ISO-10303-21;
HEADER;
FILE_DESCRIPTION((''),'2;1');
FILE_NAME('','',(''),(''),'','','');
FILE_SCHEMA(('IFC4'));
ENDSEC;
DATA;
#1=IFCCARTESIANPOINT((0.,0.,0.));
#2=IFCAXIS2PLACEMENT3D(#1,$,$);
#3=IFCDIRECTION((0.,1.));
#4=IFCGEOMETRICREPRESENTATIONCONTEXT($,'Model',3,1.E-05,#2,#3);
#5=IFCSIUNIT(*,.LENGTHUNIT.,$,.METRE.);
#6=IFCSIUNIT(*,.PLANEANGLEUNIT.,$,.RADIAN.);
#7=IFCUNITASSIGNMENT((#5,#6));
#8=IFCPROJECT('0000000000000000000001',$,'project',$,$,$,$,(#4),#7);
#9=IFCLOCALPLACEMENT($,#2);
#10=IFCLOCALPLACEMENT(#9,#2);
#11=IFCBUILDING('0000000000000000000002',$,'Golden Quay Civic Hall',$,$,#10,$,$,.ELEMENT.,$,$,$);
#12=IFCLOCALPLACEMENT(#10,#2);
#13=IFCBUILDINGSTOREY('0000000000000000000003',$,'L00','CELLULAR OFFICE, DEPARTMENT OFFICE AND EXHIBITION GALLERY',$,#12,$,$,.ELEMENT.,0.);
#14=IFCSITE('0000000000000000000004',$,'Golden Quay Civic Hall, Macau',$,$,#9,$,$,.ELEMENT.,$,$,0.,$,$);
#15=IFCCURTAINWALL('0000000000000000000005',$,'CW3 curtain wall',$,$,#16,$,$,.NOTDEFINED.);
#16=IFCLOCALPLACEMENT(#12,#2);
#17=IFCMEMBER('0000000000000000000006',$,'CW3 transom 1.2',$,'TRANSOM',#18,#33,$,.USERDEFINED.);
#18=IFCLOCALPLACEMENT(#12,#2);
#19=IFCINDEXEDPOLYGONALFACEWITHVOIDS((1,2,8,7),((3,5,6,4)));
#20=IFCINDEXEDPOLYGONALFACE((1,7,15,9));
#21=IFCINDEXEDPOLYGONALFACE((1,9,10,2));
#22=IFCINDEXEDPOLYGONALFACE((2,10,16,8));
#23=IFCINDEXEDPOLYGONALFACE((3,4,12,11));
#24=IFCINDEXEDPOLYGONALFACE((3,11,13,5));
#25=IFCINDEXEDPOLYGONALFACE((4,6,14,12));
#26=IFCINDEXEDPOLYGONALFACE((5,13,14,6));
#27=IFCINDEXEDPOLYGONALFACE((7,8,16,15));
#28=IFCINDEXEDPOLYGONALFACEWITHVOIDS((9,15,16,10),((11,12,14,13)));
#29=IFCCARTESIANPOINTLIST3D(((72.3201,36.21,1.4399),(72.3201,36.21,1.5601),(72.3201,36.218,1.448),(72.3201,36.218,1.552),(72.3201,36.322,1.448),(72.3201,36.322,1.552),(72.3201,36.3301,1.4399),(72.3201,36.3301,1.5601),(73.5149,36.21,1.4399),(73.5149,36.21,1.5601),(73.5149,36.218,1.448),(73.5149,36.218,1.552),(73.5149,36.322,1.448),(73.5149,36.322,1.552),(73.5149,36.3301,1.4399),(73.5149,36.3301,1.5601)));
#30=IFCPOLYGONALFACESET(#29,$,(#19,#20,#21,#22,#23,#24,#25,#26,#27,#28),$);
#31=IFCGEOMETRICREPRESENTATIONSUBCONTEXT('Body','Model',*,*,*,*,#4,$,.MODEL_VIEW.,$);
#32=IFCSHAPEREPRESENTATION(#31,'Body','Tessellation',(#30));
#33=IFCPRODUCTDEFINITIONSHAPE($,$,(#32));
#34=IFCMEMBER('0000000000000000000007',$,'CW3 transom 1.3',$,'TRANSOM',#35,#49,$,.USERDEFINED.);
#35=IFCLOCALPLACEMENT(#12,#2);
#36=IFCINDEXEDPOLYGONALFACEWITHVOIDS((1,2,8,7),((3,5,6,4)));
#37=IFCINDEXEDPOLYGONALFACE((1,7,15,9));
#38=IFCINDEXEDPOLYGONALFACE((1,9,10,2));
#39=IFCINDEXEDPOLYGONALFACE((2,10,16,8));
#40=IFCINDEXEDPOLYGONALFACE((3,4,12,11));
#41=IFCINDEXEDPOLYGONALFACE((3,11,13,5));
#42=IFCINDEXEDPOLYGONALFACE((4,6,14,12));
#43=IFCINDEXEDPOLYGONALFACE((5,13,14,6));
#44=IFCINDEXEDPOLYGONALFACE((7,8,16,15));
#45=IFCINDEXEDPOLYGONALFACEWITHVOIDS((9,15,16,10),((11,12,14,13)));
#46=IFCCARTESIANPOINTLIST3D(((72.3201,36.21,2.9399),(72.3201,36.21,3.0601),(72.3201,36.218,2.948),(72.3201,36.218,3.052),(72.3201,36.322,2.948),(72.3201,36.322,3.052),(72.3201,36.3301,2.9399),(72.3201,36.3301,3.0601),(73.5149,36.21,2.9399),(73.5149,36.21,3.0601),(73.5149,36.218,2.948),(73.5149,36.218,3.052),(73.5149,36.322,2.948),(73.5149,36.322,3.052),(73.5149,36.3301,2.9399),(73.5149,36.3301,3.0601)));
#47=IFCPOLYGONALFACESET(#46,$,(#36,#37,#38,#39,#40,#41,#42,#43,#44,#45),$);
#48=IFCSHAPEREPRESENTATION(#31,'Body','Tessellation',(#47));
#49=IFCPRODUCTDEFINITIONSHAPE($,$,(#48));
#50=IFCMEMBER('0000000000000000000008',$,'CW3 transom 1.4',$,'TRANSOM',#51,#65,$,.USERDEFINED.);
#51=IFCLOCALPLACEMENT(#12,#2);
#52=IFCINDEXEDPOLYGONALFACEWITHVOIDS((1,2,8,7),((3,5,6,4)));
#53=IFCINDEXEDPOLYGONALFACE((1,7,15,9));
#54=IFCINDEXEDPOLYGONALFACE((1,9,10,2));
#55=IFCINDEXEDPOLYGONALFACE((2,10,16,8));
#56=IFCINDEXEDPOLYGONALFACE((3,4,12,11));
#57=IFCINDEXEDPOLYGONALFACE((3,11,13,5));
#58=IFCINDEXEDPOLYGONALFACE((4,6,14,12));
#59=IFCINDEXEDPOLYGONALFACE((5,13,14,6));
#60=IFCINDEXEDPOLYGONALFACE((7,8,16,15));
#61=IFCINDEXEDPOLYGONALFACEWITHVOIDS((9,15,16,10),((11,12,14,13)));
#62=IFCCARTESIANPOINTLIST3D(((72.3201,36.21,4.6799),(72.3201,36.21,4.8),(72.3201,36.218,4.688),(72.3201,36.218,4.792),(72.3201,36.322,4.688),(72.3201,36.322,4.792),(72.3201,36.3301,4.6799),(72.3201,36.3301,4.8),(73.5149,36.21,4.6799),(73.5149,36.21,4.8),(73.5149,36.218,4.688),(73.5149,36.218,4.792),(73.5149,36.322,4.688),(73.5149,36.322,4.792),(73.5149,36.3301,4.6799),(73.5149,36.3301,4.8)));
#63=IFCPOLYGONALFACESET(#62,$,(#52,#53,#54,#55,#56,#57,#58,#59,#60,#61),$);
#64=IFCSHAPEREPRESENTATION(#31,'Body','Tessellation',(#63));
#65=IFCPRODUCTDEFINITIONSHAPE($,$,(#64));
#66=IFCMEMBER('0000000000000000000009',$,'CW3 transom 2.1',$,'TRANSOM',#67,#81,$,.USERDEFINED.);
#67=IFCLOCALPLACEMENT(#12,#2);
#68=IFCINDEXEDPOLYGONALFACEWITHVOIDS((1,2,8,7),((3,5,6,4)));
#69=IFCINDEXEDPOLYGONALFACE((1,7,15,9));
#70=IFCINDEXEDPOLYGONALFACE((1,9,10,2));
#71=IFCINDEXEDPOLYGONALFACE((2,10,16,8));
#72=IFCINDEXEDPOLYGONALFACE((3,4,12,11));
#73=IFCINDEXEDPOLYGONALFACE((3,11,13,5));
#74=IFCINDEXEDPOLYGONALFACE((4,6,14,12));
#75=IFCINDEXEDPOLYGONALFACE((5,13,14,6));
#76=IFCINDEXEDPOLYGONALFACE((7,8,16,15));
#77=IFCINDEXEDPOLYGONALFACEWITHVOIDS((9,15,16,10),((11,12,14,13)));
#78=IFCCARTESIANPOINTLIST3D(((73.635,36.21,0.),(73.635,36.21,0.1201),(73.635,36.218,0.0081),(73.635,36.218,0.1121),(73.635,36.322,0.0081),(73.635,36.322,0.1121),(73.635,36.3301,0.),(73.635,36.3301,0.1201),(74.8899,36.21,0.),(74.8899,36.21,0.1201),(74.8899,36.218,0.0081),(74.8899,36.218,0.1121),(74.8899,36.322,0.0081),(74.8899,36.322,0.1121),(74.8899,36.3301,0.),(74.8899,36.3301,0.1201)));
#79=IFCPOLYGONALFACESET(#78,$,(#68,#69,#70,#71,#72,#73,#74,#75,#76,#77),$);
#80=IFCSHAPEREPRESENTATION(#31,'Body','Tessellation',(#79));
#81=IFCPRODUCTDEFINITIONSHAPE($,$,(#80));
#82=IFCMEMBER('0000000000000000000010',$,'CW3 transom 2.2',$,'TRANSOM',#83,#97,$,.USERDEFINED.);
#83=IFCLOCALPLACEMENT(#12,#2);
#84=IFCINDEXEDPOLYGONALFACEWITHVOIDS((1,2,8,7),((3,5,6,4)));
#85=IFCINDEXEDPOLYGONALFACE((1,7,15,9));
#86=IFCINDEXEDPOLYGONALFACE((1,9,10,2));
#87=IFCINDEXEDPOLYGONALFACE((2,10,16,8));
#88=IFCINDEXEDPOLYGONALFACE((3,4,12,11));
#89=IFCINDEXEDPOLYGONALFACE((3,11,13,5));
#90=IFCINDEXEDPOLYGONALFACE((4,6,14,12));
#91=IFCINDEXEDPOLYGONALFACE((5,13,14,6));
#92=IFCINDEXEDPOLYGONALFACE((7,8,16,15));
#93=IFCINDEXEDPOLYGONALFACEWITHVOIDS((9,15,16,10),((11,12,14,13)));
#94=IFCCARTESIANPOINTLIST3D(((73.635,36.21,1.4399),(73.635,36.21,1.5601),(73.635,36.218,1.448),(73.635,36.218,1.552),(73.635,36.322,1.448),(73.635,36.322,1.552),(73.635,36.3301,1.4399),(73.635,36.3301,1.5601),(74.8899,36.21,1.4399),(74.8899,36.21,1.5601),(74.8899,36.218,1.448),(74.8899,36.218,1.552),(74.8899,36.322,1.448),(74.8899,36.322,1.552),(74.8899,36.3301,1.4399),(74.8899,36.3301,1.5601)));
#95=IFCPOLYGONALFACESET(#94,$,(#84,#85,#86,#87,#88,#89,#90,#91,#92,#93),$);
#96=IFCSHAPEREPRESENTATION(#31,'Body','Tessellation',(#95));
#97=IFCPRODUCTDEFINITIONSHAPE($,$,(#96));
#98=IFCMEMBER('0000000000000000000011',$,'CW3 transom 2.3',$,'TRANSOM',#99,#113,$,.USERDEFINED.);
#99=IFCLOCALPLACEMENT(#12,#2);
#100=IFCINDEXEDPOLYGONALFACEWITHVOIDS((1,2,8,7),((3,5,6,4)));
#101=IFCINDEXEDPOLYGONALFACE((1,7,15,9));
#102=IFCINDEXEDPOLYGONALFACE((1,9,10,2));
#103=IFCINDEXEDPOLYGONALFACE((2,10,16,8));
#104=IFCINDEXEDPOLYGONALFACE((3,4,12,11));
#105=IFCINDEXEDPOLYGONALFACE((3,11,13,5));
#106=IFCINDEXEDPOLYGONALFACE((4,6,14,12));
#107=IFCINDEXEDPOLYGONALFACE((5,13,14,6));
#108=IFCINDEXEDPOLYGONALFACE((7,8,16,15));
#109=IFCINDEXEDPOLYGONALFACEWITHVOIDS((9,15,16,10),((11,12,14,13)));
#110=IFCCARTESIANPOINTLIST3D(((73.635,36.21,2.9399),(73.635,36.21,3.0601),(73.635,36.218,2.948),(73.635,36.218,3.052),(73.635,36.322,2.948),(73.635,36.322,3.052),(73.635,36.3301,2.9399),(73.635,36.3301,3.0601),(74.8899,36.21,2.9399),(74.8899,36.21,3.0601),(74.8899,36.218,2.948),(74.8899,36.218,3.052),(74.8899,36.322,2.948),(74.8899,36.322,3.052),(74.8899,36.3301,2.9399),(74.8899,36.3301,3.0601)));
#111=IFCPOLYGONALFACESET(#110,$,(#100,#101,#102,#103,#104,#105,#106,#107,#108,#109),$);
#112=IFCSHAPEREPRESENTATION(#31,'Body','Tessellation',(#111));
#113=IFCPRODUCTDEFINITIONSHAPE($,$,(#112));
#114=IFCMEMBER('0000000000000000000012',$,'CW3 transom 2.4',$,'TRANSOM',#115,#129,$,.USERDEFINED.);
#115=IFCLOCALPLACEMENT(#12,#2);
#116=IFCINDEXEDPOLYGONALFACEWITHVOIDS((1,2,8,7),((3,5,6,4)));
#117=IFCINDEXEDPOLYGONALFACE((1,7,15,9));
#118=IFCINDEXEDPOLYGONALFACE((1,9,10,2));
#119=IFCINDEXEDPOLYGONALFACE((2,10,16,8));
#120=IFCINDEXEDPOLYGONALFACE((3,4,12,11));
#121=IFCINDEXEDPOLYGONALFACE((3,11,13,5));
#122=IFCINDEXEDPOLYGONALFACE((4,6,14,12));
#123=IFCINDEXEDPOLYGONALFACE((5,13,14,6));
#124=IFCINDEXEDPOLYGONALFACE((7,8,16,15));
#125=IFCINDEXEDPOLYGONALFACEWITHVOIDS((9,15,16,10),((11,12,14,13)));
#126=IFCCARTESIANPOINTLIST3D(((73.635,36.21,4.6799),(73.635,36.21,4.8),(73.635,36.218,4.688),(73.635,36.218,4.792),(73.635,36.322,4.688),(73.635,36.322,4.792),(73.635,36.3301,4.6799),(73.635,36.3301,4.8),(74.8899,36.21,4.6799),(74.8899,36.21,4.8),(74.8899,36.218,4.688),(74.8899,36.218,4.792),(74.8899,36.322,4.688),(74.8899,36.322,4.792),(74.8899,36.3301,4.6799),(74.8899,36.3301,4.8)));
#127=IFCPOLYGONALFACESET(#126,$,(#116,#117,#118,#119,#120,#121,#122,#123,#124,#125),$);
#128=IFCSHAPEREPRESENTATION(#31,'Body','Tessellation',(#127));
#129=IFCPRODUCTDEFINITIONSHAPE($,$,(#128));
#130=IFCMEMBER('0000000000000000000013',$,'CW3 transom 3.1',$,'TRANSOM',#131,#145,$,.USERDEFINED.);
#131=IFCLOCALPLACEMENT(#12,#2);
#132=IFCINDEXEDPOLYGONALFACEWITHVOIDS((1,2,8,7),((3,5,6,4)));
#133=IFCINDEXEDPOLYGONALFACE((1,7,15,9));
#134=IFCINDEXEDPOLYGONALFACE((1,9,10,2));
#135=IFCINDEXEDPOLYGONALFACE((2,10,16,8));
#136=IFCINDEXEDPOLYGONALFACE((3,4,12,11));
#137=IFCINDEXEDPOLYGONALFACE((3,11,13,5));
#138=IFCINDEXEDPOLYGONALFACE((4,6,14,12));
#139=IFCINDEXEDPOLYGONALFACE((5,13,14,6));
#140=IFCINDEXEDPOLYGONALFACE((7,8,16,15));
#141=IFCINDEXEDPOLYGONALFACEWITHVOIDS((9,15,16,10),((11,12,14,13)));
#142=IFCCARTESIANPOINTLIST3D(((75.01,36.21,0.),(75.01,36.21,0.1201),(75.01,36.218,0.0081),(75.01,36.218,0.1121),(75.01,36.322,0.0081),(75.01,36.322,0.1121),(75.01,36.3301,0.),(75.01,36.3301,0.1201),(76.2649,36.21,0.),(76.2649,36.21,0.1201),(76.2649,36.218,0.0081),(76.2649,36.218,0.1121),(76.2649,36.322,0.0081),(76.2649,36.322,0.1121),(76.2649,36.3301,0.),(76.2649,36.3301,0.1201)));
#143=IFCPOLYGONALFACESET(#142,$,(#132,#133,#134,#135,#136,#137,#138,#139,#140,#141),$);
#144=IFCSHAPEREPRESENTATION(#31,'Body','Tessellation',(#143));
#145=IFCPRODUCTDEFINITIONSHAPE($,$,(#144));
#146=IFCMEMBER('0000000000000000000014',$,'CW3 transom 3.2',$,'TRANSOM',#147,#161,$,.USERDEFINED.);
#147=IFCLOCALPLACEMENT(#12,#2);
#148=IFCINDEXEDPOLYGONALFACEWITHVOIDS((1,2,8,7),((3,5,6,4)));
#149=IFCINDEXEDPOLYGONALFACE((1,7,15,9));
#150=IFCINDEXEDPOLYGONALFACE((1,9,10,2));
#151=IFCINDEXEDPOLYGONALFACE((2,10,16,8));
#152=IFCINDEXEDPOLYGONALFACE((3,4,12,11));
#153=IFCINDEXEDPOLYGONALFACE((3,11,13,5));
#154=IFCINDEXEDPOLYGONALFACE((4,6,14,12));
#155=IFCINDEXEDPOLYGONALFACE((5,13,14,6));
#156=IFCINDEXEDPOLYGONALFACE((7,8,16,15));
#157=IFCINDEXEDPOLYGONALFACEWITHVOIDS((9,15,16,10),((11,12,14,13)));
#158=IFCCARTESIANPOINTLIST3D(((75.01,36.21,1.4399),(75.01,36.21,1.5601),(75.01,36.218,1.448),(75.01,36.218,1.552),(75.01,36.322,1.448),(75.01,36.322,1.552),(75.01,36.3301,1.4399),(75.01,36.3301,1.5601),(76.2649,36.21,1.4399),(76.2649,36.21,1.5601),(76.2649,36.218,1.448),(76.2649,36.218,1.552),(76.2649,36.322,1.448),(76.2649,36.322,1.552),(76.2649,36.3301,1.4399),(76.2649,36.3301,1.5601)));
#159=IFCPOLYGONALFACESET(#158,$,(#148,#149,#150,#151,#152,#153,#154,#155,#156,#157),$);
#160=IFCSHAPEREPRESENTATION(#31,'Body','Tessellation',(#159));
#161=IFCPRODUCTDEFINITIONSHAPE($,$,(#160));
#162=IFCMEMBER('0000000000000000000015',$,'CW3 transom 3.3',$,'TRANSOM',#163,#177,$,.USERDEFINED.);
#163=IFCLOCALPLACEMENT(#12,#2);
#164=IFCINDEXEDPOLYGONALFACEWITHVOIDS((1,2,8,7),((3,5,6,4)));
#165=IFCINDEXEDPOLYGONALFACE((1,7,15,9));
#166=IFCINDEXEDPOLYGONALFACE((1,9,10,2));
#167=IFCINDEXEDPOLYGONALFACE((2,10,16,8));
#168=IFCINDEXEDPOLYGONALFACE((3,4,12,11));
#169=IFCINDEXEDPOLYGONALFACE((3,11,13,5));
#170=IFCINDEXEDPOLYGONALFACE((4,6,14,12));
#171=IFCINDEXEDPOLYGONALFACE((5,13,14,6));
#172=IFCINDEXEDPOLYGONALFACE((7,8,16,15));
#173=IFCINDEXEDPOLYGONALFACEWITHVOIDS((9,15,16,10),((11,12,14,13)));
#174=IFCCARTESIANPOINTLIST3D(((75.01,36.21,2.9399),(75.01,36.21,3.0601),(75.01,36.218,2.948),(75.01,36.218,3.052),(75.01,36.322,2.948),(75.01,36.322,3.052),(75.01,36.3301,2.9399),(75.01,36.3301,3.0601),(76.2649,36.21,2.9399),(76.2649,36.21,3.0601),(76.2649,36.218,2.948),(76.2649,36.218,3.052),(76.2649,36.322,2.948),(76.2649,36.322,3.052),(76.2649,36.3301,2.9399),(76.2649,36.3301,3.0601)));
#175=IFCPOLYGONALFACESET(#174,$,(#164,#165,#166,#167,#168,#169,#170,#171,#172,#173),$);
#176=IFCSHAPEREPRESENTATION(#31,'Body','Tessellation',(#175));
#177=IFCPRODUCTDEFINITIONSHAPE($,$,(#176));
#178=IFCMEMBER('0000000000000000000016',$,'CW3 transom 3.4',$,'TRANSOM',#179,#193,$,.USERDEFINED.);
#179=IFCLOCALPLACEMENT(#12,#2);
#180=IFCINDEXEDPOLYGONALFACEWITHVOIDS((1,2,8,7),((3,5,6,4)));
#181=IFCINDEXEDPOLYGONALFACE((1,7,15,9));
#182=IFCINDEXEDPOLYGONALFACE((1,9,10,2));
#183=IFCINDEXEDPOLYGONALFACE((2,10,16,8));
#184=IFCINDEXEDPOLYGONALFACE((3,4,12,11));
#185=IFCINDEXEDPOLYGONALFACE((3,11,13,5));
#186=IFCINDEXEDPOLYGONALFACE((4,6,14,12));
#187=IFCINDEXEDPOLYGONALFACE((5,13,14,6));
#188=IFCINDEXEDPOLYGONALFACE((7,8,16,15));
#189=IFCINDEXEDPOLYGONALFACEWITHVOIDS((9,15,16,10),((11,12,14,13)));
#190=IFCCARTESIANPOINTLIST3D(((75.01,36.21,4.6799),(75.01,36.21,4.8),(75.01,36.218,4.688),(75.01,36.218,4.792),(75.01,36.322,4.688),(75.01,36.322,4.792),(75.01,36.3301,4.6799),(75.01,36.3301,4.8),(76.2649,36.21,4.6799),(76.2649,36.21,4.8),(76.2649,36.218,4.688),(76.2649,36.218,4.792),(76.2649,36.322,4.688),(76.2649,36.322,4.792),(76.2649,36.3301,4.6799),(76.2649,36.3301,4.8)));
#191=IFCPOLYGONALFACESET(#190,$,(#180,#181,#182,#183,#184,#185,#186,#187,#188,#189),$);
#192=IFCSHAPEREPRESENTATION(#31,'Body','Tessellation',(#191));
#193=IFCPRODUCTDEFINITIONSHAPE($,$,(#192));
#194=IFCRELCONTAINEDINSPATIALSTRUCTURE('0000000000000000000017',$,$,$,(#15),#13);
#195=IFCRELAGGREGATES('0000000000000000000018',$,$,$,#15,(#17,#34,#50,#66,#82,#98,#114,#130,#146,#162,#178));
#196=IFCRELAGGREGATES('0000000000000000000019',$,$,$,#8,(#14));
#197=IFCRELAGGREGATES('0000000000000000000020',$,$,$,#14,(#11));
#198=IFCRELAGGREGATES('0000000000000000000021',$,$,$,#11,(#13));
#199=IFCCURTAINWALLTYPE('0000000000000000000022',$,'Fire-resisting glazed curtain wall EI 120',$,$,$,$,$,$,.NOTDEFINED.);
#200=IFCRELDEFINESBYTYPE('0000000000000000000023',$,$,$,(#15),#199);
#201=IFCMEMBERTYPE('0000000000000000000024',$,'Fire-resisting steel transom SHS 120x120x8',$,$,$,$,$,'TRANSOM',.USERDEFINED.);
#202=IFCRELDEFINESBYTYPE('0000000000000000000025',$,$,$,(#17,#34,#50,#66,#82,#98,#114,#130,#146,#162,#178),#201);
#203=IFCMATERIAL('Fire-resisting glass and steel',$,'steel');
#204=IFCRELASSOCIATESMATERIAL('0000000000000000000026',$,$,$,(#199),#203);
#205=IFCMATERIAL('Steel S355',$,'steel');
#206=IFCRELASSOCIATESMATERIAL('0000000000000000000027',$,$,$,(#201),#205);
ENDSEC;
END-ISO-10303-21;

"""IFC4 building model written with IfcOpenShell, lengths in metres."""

from ifc_helpers import new_model, si_unit, direction, frame, origin, origin_2d, place, context, subcontext, project, spatial, hollow_rectangle, extrude, material, material_profile, profile_set, type_object, element, aggregate, save


model = new_model("IFC4")

# Units and contexts
model_context = context("Model", 3, precision=1e-05, world=origin(), true_north=direction((0.0, 1.0)))
body_context = subcontext(model_context, "Body", "Model", "MODEL_VIEW")
ifc_project = project(units=[si_unit("LENGTHUNIT", "METRE"), si_unit("PLANEANGLEUNIT", "RADIAN")], contexts=[model_context])

# Site, building, storey
site_placement = place(None, origin())
site = spatial("IfcSite", under=ifc_project, at=site_placement, Name="Golden Quay Civic Hall, Macau", CompositionType="ELEMENT", RefElevation=0.0)
building_placement = place(site_placement, origin())
building = spatial("IfcBuilding", under=site, at=building_placement, Name="Golden Quay Civic Hall", CompositionType="ELEMENT")
storey_placement = place(building_placement, origin())
storey = spatial("IfcBuildingStorey", under=building, at=storey_placement, Name="L00", Description="CELLULAR OFFICE, DEPARTMENT OFFICE AND EXHIBITION GALLERY", CompositionType="ELEMENT", Elevation=0.0)

# Curtain wall, members
ifc_material_1 = material(Name="Fire-resisting glass and steel", Category="steel")
curtain_wall_type = type_object("IfcCurtainWallType", Name="Fire-resisting glazed curtain wall EI 120", PredefinedType="NOTDEFINED", material=ifc_material_1)
curtain_wall_placement = place(storey_placement, origin())
curtain_wall = element("IfcCurtainWall", 1, at=curtain_wall_placement, inside=storey, type_object=curtain_wall_type, Name="CW3 curtain wall", PredefinedType="NOTDEFINED")
ifc_material_2 = material(Name="Steel S355", Category="steel")
ifc_material_profile_1 = material_profile(ifc_material_2, hollow_rectangle(XDim=0.1201, YDim=0.1201, WallThickness=0.0081, at=origin_2d()), Name="SHS 120x120x8")
ifc_profile_set_1 = profile_set([ifc_material_profile_1], Name="Steel S355")
member_type_1 = type_object("IfcMemberType", Name="Fire-resisting steel transom SHS 120x120x8", ElementType="TRANSOM", PredefinedType="USERDEFINED", material=ifc_profile_set_1)
member_1_placement = place(storey_placement, frame((72.3201, 36.27, 1.5), z_axis=(1.0, 0.0, 0.0), x_axis=(0.0, 1.0, 0.0)))
member_1 = element("IfcMember", 2, at=member_1_placement, type_object=member_type_1, Name="CW3 transom 1.2", ObjectType="TRANSOM", PredefinedType="USERDEFINED", context=body_context, shape_type="SweptSolid", body=[
    extrude(hollow_rectangle(XDim=0.1201, YDim=0.1201, WallThickness=0.0081, at=origin_2d()), origin(), (0.0, 0.0, 1.0), 1.1948),
])
member_2_placement = place(storey_placement, frame((72.3201, 36.27, 3.0), z_axis=(1.0, 0.0, 0.0), x_axis=(0.0, 1.0, 0.0)))
member_2 = element("IfcMember", 3, at=member_2_placement, type_object=member_type_1, Name="CW3 transom 1.3", ObjectType="TRANSOM", PredefinedType="USERDEFINED", context=body_context, shape_type="SweptSolid", body=[
    extrude(hollow_rectangle(XDim=0.1201, YDim=0.1201, WallThickness=0.0081, at=origin_2d()), origin(), (0.0, 0.0, 1.0), 1.1948),
])
member_3_placement = place(storey_placement, frame((72.3201, 36.27, 4.74), z_axis=(1.0, 0.0, 0.0), x_axis=(0.0, 1.0, 0.0)))
member_3 = element("IfcMember", 4, at=member_3_placement, type_object=member_type_1, Name="CW3 transom 1.4", ObjectType="TRANSOM", PredefinedType="USERDEFINED", context=body_context, shape_type="SweptSolid", body=[
    extrude(hollow_rectangle(XDim=0.1201, YDim=0.1201, WallThickness=0.0081, at=origin_2d()), origin(), (0.0, 0.0, 1.0), 1.1948),
])
member_4_placement = place(storey_placement, frame((73.635, 36.27, 0.0601), z_axis=(1.0, 0.0, 0.0), x_axis=(0.0, 1.0, 0.0)))
member_4 = element("IfcMember", 5, at=member_4_placement, type_object=member_type_1, Name="CW3 transom 2.1", ObjectType="TRANSOM", PredefinedType="USERDEFINED", context=body_context, shape_type="SweptSolid", body=[
    extrude(hollow_rectangle(XDim=0.1201, YDim=0.1201, WallThickness=0.0081, at=origin_2d()), origin(), (0.0, 0.0, 1.0), 1.2549),
])
member_5_placement = place(storey_placement, frame((73.635, 36.27, 1.5), z_axis=(1.0, 0.0, 0.0), x_axis=(0.0, 1.0, 0.0)))
member_5 = element("IfcMember", 6, at=member_5_placement, type_object=member_type_1, Name="CW3 transom 2.2", ObjectType="TRANSOM", PredefinedType="USERDEFINED", context=body_context, shape_type="SweptSolid", body=[
    extrude(hollow_rectangle(XDim=0.1201, YDim=0.1201, WallThickness=0.0081, at=origin_2d()), origin(), (0.0, 0.0, 1.0), 1.2549),
])
member_6_placement = place(storey_placement, frame((73.635, 36.27, 3.0), z_axis=(1.0, 0.0, 0.0), x_axis=(0.0, 1.0, 0.0)))
member_6 = element("IfcMember", 7, at=member_6_placement, type_object=member_type_1, Name="CW3 transom 2.3", ObjectType="TRANSOM", PredefinedType="USERDEFINED", context=body_context, shape_type="SweptSolid", body=[
    extrude(hollow_rectangle(XDim=0.1201, YDim=0.1201, WallThickness=0.0081, at=origin_2d()), origin(), (0.0, 0.0, 1.0), 1.2549),
])
member_7_placement = place(storey_placement, frame((73.635, 36.27, 4.74), z_axis=(1.0, 0.0, 0.0), x_axis=(0.0, 1.0, 0.0)))
member_7 = element("IfcMember", 8, at=member_7_placement, type_object=member_type_1, Name="CW3 transom 2.4", ObjectType="TRANSOM", PredefinedType="USERDEFINED", context=body_context, shape_type="SweptSolid", body=[
    extrude(hollow_rectangle(XDim=0.1201, YDim=0.1201, WallThickness=0.0081, at=origin_2d()), origin(), (0.0, 0.0, 1.0), 1.2549),
])
member_8_placement = place(storey_placement, frame((75.01, 36.27, 0.0601), z_axis=(1.0, 0.0, 0.0), x_axis=(0.0, 1.0, 0.0)))
member_8 = element("IfcMember", 9, at=member_8_placement, type_object=member_type_1, Name="CW3 transom 3.1", ObjectType="TRANSOM", PredefinedType="USERDEFINED", context=body_context, shape_type="SweptSolid", body=[
    extrude(hollow_rectangle(XDim=0.1201, YDim=0.1201, WallThickness=0.0081, at=origin_2d()), origin(), (0.0, 0.0, 1.0), 1.2549),
])
member_9_placement = place(storey_placement, frame((75.01, 36.27, 1.5), z_axis=(1.0, 0.0, 0.0), x_axis=(0.0, 1.0, 0.0)))
member_9 = element("IfcMember", 10, at=member_9_placement, type_object=member_type_1, Name="CW3 transom 3.2", ObjectType="TRANSOM", PredefinedType="USERDEFINED", context=body_context, shape_type="SweptSolid", body=[
    extrude(hollow_rectangle(XDim=0.1201, YDim=0.1201, WallThickness=0.0081, at=origin_2d()), origin(), (0.0, 0.0, 1.0), 1.2549),
])
member_10_placement = place(storey_placement, frame((75.01, 36.27, 3.0), z_axis=(1.0, 0.0, 0.0), x_axis=(0.0, 1.0, 0.0)))
member_10 = element("IfcMember", 11, at=member_10_placement, type_object=member_type_1, Name="CW3 transom 3.3", ObjectType="TRANSOM", PredefinedType="USERDEFINED", context=body_context, shape_type="SweptSolid", body=[
    extrude(hollow_rectangle(XDim=0.1201, YDim=0.1201, WallThickness=0.0081, at=origin_2d()), origin(), (0.0, 0.0, 1.0), 1.2549),
])
member_11_placement = place(storey_placement, frame((75.01, 36.27, 4.74), z_axis=(1.0, 0.0, 0.0), x_axis=(0.0, 1.0, 0.0)))
member_11 = element("IfcMember", 12, at=member_11_placement, type_object=member_type_1, Name="CW3 transom 3.4", ObjectType="TRANSOM", PredefinedType="USERDEFINED", context=body_context, shape_type="SweptSolid", body=[
    extrude(hollow_rectangle(XDim=0.1201, YDim=0.1201, WallThickness=0.0081, at=origin_2d()), origin(), (0.0, 0.0, 1.0), 1.2549),
])
aggregate(curtain_wall, [member_1, member_2, member_3, member_4, member_5, member_6, member_7, member_8, member_9, member_10, member_11])

save(model, "model.ifc")
